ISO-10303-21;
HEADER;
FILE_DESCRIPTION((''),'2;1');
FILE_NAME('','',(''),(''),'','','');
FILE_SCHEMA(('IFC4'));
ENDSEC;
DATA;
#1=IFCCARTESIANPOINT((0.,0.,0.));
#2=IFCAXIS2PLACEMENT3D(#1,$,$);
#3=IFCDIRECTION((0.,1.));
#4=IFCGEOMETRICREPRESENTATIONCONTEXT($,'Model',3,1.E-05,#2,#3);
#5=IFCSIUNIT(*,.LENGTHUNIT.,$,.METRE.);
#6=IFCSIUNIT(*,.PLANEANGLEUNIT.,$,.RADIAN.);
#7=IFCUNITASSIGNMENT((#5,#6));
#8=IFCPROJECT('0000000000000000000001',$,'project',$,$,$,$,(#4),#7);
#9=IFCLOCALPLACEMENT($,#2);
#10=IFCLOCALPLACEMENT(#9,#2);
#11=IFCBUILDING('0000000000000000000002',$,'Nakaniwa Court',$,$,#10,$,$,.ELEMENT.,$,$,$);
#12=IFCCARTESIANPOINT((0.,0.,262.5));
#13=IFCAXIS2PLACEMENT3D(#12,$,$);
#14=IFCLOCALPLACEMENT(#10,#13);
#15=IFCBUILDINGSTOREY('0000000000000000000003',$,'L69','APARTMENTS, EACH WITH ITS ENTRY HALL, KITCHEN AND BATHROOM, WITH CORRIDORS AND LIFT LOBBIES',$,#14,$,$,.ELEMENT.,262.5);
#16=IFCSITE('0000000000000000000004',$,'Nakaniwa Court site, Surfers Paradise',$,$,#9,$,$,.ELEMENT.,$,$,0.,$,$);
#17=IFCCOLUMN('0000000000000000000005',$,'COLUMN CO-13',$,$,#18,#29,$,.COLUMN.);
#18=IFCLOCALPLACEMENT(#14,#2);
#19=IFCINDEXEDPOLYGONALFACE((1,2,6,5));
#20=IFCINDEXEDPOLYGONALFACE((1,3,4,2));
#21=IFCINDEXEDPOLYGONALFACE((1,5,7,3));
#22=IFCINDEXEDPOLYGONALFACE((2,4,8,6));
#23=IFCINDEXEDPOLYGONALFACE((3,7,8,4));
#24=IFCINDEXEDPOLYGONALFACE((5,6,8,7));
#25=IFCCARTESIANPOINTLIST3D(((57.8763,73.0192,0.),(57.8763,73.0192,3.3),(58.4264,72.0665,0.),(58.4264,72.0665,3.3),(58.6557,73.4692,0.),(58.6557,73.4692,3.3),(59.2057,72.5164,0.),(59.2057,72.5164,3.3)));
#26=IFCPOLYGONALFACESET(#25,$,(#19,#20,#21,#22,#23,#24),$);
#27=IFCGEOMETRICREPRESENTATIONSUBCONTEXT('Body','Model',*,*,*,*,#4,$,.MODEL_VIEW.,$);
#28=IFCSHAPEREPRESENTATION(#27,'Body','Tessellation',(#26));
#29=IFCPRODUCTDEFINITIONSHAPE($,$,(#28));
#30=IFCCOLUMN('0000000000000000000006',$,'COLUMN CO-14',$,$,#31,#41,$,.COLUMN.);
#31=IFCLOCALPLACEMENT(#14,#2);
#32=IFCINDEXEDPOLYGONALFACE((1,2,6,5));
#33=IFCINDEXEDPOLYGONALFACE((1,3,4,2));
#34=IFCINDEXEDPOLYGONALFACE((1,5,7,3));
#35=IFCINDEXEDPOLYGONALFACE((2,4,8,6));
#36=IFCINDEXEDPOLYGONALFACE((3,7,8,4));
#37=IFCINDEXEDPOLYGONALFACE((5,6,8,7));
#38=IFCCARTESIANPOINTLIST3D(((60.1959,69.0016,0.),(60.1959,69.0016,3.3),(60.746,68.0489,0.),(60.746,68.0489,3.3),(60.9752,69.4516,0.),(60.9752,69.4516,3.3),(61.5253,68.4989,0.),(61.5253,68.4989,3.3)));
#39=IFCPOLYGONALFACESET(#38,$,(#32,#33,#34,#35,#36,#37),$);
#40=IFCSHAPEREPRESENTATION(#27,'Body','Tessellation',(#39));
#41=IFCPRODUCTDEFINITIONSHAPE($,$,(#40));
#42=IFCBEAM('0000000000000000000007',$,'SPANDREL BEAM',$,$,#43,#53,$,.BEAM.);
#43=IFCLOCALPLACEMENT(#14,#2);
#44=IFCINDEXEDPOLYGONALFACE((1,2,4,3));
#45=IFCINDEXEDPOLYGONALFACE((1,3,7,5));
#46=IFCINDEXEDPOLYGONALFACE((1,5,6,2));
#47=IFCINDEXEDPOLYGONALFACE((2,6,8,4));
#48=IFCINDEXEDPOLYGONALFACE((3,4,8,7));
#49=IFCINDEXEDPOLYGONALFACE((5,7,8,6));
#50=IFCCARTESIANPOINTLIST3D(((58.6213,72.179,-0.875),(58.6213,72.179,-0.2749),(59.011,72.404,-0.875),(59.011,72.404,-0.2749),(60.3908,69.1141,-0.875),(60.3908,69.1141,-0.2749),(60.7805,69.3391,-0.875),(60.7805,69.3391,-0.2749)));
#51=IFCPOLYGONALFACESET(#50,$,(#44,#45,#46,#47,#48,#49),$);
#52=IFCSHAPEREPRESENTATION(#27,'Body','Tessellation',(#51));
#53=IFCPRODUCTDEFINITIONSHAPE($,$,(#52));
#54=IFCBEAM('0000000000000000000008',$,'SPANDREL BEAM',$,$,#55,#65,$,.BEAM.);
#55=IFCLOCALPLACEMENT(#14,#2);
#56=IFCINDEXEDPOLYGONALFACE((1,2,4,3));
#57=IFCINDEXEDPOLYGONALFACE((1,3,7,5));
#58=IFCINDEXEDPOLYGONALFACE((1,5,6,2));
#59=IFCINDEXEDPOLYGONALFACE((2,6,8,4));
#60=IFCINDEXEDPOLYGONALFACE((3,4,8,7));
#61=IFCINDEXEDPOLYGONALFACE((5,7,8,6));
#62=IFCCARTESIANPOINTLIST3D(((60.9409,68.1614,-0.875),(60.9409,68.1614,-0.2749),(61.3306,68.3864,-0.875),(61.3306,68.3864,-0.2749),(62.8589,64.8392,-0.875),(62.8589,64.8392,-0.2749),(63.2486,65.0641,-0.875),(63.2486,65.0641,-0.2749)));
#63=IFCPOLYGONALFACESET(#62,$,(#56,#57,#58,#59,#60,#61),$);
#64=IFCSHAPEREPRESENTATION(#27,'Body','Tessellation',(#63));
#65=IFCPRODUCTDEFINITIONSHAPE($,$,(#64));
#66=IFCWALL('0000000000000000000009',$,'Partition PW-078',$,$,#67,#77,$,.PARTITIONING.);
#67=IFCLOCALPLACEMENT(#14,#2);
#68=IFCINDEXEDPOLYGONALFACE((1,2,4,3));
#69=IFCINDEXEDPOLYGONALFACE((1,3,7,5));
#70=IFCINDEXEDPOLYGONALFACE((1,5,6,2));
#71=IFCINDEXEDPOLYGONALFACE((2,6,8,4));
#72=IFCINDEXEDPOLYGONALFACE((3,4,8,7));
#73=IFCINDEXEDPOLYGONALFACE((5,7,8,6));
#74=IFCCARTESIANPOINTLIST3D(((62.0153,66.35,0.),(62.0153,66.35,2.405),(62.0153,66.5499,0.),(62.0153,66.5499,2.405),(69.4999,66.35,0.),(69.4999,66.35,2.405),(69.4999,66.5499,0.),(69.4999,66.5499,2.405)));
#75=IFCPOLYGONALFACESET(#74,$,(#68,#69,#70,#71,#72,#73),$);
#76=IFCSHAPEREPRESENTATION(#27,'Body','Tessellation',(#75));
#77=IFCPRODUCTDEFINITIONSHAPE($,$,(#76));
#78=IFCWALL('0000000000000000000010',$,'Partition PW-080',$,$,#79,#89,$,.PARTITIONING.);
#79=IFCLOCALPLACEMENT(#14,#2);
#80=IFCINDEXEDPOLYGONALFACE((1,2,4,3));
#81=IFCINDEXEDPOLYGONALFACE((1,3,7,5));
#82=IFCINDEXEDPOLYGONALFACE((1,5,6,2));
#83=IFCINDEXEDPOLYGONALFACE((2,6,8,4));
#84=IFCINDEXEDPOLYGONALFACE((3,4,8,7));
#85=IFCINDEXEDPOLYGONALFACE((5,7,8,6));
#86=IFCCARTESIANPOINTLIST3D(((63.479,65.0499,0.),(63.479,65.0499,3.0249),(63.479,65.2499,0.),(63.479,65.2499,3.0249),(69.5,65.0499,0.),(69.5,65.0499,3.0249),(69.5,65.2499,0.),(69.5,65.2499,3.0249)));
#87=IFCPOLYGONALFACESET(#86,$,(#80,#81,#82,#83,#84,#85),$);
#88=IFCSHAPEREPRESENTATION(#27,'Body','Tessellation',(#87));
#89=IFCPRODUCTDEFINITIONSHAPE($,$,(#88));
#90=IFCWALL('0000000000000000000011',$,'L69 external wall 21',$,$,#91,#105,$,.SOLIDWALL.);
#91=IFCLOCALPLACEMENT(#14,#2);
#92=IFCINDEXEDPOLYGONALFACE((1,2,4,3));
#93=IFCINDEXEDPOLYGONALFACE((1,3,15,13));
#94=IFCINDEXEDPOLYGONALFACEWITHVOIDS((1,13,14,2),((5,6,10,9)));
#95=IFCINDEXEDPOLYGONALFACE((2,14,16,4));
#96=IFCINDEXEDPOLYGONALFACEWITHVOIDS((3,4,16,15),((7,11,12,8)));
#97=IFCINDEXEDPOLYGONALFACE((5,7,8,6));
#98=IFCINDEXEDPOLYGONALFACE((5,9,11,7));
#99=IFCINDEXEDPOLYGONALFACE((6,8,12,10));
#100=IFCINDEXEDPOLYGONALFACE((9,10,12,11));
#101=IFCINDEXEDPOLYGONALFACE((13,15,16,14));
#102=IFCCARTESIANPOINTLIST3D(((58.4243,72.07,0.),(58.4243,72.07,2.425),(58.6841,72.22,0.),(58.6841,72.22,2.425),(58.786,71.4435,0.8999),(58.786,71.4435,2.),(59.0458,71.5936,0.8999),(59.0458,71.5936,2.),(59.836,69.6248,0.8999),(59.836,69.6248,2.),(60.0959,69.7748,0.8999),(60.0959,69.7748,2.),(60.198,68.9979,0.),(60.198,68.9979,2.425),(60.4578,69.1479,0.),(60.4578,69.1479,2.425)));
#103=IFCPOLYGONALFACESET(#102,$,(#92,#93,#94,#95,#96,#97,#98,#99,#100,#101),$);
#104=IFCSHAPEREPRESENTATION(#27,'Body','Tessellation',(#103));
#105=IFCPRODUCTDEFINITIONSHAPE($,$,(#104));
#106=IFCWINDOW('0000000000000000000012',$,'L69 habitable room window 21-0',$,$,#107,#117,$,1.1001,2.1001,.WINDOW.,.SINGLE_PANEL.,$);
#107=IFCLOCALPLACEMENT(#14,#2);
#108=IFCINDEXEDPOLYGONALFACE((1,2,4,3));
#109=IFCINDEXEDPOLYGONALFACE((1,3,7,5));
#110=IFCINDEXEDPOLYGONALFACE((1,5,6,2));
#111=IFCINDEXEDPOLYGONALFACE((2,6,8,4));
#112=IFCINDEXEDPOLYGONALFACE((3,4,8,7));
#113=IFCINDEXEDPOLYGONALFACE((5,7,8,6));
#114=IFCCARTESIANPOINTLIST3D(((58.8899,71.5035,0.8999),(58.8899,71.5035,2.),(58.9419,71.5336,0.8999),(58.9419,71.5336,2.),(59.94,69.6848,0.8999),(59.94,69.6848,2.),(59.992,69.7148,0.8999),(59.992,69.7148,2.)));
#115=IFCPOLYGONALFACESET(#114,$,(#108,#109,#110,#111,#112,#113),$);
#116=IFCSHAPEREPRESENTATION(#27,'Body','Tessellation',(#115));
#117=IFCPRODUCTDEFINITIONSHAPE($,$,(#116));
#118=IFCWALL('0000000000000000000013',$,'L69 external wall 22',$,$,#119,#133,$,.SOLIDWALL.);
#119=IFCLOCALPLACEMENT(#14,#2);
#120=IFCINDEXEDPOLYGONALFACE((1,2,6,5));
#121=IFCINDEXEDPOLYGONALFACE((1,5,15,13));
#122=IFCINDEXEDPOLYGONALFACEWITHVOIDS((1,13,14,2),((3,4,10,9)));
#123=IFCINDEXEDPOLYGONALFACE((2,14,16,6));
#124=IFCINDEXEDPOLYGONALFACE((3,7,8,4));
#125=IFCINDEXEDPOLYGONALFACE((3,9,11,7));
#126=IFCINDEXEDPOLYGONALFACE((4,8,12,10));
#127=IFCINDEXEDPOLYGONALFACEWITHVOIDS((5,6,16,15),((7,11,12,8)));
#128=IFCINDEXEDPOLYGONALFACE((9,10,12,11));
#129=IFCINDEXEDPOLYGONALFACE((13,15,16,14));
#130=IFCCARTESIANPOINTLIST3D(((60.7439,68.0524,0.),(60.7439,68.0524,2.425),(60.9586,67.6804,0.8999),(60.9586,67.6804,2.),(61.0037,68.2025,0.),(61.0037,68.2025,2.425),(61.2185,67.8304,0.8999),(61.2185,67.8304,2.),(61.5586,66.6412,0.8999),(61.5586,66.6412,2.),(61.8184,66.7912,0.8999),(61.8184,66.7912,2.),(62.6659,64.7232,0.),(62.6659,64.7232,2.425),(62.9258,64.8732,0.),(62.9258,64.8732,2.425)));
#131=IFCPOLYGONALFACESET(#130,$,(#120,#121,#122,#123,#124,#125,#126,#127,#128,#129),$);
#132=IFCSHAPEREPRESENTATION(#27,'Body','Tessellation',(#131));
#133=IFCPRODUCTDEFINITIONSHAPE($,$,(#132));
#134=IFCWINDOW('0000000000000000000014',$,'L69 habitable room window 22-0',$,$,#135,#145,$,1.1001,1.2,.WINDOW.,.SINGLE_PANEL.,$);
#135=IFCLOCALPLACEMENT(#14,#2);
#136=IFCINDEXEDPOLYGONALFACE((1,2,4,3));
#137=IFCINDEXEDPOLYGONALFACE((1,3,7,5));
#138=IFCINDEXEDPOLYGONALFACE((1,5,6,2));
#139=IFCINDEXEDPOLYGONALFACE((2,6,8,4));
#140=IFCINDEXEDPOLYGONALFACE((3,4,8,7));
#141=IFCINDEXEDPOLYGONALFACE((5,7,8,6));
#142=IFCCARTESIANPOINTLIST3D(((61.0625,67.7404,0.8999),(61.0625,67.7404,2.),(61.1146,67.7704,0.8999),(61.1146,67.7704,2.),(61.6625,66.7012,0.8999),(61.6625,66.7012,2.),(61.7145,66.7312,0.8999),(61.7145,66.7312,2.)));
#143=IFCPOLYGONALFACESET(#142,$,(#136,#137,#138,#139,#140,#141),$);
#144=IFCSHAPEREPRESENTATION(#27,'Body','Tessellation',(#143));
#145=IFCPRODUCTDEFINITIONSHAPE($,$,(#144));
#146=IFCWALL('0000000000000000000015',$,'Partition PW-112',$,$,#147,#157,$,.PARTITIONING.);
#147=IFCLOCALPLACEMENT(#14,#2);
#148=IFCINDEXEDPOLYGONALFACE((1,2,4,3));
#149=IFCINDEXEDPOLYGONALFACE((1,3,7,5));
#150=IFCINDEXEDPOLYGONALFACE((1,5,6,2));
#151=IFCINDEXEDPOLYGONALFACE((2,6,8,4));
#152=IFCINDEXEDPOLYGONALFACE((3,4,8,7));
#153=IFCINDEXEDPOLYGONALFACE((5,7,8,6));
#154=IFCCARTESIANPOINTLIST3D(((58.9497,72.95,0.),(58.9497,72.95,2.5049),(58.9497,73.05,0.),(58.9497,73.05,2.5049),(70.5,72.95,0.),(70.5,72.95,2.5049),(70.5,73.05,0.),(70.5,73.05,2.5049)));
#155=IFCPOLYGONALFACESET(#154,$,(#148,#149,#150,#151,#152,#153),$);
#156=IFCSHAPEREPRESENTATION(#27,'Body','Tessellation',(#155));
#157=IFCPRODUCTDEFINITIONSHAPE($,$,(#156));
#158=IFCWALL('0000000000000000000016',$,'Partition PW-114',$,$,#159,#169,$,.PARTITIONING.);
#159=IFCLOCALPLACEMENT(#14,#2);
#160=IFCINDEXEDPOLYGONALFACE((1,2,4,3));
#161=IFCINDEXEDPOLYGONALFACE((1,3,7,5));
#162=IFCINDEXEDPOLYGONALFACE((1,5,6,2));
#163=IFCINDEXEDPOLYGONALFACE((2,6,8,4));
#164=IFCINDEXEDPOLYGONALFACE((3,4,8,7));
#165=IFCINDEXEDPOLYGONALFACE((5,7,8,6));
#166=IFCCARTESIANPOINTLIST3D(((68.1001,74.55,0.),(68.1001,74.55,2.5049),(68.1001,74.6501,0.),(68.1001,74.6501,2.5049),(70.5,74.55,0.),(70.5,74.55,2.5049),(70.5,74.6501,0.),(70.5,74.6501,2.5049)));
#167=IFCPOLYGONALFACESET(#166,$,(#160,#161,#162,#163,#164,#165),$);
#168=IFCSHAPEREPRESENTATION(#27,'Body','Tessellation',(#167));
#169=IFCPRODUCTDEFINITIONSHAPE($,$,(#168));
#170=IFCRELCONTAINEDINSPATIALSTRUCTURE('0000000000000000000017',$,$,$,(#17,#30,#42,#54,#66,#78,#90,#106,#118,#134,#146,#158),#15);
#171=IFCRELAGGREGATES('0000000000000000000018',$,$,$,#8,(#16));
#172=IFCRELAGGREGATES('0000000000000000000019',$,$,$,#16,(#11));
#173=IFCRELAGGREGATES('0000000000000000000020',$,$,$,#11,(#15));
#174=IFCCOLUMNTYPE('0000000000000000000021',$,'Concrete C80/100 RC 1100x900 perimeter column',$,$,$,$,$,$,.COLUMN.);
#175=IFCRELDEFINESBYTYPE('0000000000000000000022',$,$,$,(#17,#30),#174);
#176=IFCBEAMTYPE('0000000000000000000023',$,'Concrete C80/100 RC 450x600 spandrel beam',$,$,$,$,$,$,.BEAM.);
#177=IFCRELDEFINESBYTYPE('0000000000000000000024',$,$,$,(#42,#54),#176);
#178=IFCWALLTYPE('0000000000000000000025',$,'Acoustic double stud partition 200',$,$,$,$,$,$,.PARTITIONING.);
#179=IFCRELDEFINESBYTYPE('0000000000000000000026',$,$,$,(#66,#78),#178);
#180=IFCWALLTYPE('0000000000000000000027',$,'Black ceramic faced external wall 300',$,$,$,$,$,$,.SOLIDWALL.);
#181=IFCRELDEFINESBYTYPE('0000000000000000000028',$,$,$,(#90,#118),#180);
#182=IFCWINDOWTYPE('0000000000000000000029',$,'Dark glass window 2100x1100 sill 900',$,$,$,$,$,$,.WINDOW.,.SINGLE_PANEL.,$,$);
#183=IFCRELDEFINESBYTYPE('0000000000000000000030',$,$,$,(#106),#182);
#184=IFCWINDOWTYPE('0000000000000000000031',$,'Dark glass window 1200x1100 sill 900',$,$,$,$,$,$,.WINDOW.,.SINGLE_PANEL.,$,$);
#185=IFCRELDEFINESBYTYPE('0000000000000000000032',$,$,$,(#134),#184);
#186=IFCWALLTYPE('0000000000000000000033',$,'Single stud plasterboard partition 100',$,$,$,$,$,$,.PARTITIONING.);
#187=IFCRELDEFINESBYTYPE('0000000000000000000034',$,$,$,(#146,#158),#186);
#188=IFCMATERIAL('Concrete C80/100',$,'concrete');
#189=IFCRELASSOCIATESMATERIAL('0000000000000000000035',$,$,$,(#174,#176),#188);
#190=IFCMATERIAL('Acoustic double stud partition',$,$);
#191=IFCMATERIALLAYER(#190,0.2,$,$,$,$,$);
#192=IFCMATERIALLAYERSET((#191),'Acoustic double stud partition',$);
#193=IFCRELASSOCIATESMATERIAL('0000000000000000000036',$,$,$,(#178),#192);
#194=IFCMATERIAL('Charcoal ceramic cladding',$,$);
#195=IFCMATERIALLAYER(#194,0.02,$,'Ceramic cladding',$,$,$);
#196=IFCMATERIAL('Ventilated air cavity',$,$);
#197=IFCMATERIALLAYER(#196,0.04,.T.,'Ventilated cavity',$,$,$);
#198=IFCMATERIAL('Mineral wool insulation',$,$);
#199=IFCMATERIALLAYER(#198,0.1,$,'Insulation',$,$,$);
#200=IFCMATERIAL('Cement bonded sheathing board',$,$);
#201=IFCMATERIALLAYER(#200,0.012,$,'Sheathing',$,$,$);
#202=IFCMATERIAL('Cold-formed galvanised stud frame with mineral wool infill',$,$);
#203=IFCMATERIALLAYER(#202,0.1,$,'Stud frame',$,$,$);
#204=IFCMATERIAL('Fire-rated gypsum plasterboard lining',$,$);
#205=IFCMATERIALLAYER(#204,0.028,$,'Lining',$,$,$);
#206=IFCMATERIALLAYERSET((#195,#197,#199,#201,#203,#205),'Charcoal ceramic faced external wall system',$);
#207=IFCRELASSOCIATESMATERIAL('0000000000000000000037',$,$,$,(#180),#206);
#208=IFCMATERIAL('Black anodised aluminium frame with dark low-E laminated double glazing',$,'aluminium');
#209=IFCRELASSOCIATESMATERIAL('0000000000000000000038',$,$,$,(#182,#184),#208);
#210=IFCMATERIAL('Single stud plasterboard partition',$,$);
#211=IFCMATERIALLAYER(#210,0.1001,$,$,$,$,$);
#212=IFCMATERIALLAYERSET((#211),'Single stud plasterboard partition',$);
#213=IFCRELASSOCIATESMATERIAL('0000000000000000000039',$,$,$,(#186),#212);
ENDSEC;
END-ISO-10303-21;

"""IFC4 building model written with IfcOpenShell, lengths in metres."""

from ifc_helpers import new_model, si_unit, direction, frame, frame_2d, origin, origin_2d, place, context, subcontext, project, spatial, rectangle, extrude, material, layer, layer_set, material_profile, profile_set, type_object, element, fill, save


model = new_model("IFC4")

# Units and contexts
model_context = context("Model", 3, precision=1e-05, world=origin(), true_north=direction((0.0, 1.0)))
body_context = subcontext(model_context, "Body", "Model", "MODEL_VIEW")
ifc_project = project(units=[si_unit("LENGTHUNIT", "METRE"), si_unit("PLANEANGLEUNIT", "RADIAN")], contexts=[model_context])

# Site, building, storey
site_placement = place(None, origin())
site = spatial("IfcSite", under=ifc_project, at=site_placement, Name="Nakaniwa Court site, Surfers Paradise", CompositionType="ELEMENT", RefElevation=0.0)
building_placement = place(site_placement, origin())
building = spatial("IfcBuilding", under=site, at=building_placement, Name="Nakaniwa Court", CompositionType="ELEMENT")
storey_placement = place(building_placement, frame((0.0, 0.0, 262.5)))
storey = spatial("IfcBuildingStorey", under=building, at=storey_placement, Name="L69", Description="APARTMENTS, EACH WITH ITS ENTRY HALL, KITCHEN AND BATHROOM, WITH CORRIDORS AND LIFT LOBBIES", CompositionType="ELEMENT", Elevation=262.5)

# Columns
ifc_material_1 = material(Name="Concrete C80/100", Category="concrete")
ifc_material_profile_1 = material_profile(ifc_material_1, rectangle(XDim=1.1001, YDim=0.8999, at=origin_2d()), Name="Concrete C80/100 RC 1100x900 perimeter column")
ifc_profile_set_1 = profile_set([ifc_material_profile_1], Name="Concrete C80/100")
column_type = type_object("IfcColumnType", Name="Concrete C80/100 RC 1100x900 perimeter column", PredefinedType="COLUMN", material=ifc_profile_set_1)
for number, where, z_axis, x_axis, name in (
    (1, (58.541, 72.7678, 0.0), (0.0, 0.0, 1.0), (0.5, -0.866025, 0.0), "COLUMN CO-13"),
    (2, (60.8606, 68.7502, 0.0), (0.0, 0.0, 1.0), (0.5, -0.866025, 0.0), "COLUMN CO-14"),
):
    element("IfcColumn", number, at=place(storey_placement, frame(where, z_axis=z_axis, x_axis=x_axis)), inside=storey, type_object=column_type, Name=name, PredefinedType="COLUMN", context=body_context, shape_type="SweptSolid", body=[
        extrude(rectangle(XDim=1.1001, YDim=0.8999, at=origin_2d()), origin(), (0.0, 0.0, 1.0), 3.3),
    ])

# Beams
ifc_material_profile_2 = material_profile(ifc_material_1, rectangle(XDim=0.45, YDim=0.6001, at=origin_2d()), Name="Concrete C80/100 RC 450x600 spandrel beam")
ifc_profile_set_2 = profile_set([ifc_material_profile_2], Name="Concrete C80/100")
beam_type = type_object("IfcBeamType", Name="Concrete C80/100 RC 450x600 spandrel beam", PredefinedType="BEAM", material=ifc_profile_set_2)
beam_1_placement = place(storey_placement, frame((58.8162, 72.2915, -0.575), z_axis=(0.499997, -0.866027, 0.0), x_axis=(0.866027, 0.499997, 0.0)))
element("IfcBeam", 3, at=beam_1_placement, inside=storey, type_object=beam_type, Name="SPANDREL BEAM", PredefinedType="BEAM", context=body_context, shape_type="SweptSolid", body=[
    extrude(rectangle(XDim=0.45, YDim=0.6001, at=origin_2d()), origin(), (0.0, 0.0, 1.0), 3.5391),
])
beam_2_placement = place(storey_placement, frame((61.1357, 68.2739, -0.575), z_axis=(0.499972, -0.866041, 0.0), x_axis=(0.866041, 0.499972, 0.0)))
element("IfcBeam", 4, at=beam_2_placement, inside=storey, type_object=beam_type, Name="SPANDREL BEAM", PredefinedType="BEAM", context=body_context, shape_type="SweptSolid", body=[
    extrude(rectangle(XDim=0.45, YDim=0.6001, at=origin_2d()), origin(), (0.0, 0.0, 1.0), 3.8362),
])

# Walls
ifc_material_2 = material(Name="Acoustic double stud partition")
ifc_layer_1 = layer(ifc_material_2, 0.2)
ifc_layer_set_1 = layer_set([ifc_layer_1], Name="Acoustic double stud partition")
wall_type_1 = type_object("IfcWallType", Name="Acoustic double stud partition 200", PredefinedType="PARTITIONING", material=ifc_layer_set_1)
wall_1_placement = place(storey_placement, frame((62.0154, 66.45, 0.0), z_axis=(0.0, 0.0, 1.0), x_axis=(1.0, 0.0, 0.0)))
element("IfcWall", 5, at=wall_1_placement, inside=storey, type_object=wall_type_1, Name="Partition PW-078", PredefinedType="PARTITIONING", context=body_context, shape_type="SweptSolid", body=[
    extrude(rectangle(XDim=7.4846, YDim=0.2, at=frame_2d((3.7422, 0.0))), origin(), (0.0, 0.0, 1.0), 2.405),
])
wall_2_placement = place(storey_placement, frame((63.479, 65.1499, 0.0), z_axis=(0.0, 0.0, 1.0), x_axis=(1.0, 0.0, 0.0)))
element("IfcWall", 6, at=wall_2_placement, inside=storey, type_object=wall_type_1, Name="Partition PW-080", PredefinedType="PARTITIONING", context=body_context, shape_type="SweptSolid", body=[
    extrude(rectangle(XDim=6.021, YDim=0.2, at=frame_2d((3.0105, 0.0))), origin(), (0.0, 0.0, 1.0), 3.0249),
])

# Walls, openings, windows
ifc_material_3 = material(Name="Charcoal ceramic cladding")
ifc_layer_2 = layer(ifc_material_3, 0.02, Name="Ceramic cladding")
ifc_material_4 = material(Name="Ventilated air cavity")
ifc_layer_3 = layer(ifc_material_4, 0.04, ventilated=True, Name="Ventilated cavity")
ifc_material_5 = material(Name="Mineral wool insulation")
ifc_layer_4 = layer(ifc_material_5, 0.1, Name="Insulation")
ifc_material_6 = material(Name="Cement bonded sheathing board")
ifc_layer_5 = layer(ifc_material_6, 0.012, Name="Sheathing")
ifc_material_7 = material(Name="Cold-formed galvanised stud frame with mineral wool infill")
ifc_layer_6 = layer(ifc_material_7, 0.1, Name="Stud frame")
ifc_material_8 = material(Name="Fire-rated gypsum plasterboard lining")
ifc_layer_7 = layer(ifc_material_8, 0.028, Name="Lining")
ifc_layer_set_2 = layer_set([ifc_layer_2, ifc_layer_3, ifc_layer_4, ifc_layer_5, ifc_layer_6, ifc_layer_7], Name="Charcoal ceramic faced external wall system")
wall_type_2 = type_object("IfcWallType", Name="Black ceramic faced external wall 300", PredefinedType="SOLIDWALL", material=ifc_layer_set_2)
wall_3_placement = place(storey_placement, frame((58.5542, 72.145, 0.0), z_axis=(0.0, 0.0, 1.0), x_axis=(0.50001, -0.866019, 0.0)))
wall_3 = element("IfcWall", 7, at=wall_3_placement, inside=storey, type_object=wall_type_2, Name="L69 external wall 21", PredefinedType="SOLIDWALL", context=body_context, shape_type="SweptSolid", body=[
    extrude(rectangle(XDim=3.5474, YDim=0.3, at=frame_2d((1.7737, 0.0))), origin(), (0.0, 0.0, 1.0), 2.425),
])
opening_1_placement = place(wall_3_placement, frame((0.7234, 0.0, 0.8999)))
opening_1 = element("IfcOpeningElement", 8, at=opening_1_placement, cuts=wall_3, PredefinedType="OPENING", context=body_context, shape_type="SweptSolid", body=[
    extrude(rectangle(XDim=2.1001, YDim=1.1001, at=frame_2d((1.05, 0.55))), frame((0.0, 0.1599, 0.0), z_axis=(0.0, -1.0, 0.0), x_axis=(1.0, 0.0, 0.0)), (0.0, 0.0, 1.0), 0.3201),
])
ifc_material_9 = material(Name="Black anodised aluminium frame with dark low-E laminated double glazing", Category="aluminium")
window_type_1 = type_object("IfcWindowType", Name="Dark glass window 2100x1100 sill 900", PartitioningType="SINGLE_PANEL", PredefinedType="WINDOW", material=ifc_material_9)
window_1_placement = place(opening_1_placement, origin())
window_1 = element("IfcWindow", 9, at=window_1_placement, inside=storey, type_object=window_type_1, Name="L69 habitable room window 21-0", OverallHeight=1.1001, OverallWidth=2.1001, PartitioningType="SINGLE_PANEL", PredefinedType="WINDOW", context=body_context, shape_type="SweptSolid", body=[
    extrude(rectangle(XDim=2.1001, YDim=1.1001, at=frame_2d((1.05, 0.55))), frame((0.0, 0.03, 0.0), z_axis=(0.0, -1.0, 0.0), x_axis=(1.0, 0.0, 0.0)), (0.0, 0.0, 1.0), 0.0601),
])
fill(opening_1, window_1)
wall_4_placement = place(storey_placement, frame((60.8738, 68.1274, 0.0), z_axis=(0.0, 0.0, 1.0), x_axis=(0.499984, -0.866034, 0.0)))
wall_4 = element("IfcWall", 10, at=wall_4_placement, inside=storey, type_object=wall_type_2, Name="L69 external wall 22", PredefinedType="SOLIDWALL", context=body_context, shape_type="SweptSolid", body=[
    extrude(rectangle(XDim=3.8442, YDim=0.3, at=frame_2d((1.9221, 0.0))), origin(), (0.0, 0.0, 1.0), 2.425),
])
opening_2_placement = place(wall_4_placement, frame((0.4294, 0.0, 0.8999)))
opening_2 = element("IfcOpeningElement", 11, at=opening_2_placement, cuts=wall_4, PredefinedType="OPENING", context=body_context, shape_type="SweptSolid", body=[
    extrude(rectangle(XDim=1.2, YDim=1.1001, at=frame_2d((0.6001, 0.55))), frame((0.0, 0.1599, 0.0), z_axis=(0.0, -1.0, 0.0), x_axis=(1.0, 0.0, 0.0)), (0.0, 0.0, 1.0), 0.3201),
])
window_type_2 = type_object("IfcWindowType", Name="Dark glass window 1200x1100 sill 900", PartitioningType="SINGLE_PANEL", PredefinedType="WINDOW", material=ifc_material_9)
window_2_placement = place(opening_2_placement, origin())
window_2 = element("IfcWindow", 12, at=window_2_placement, inside=storey, type_object=window_type_2, Name="L69 habitable room window 22-0", OverallHeight=1.1001, OverallWidth=1.2, PartitioningType="SINGLE_PANEL", PredefinedType="WINDOW", context=body_context, shape_type="SweptSolid", body=[
    extrude(rectangle(XDim=1.2, YDim=1.1001, at=frame_2d((0.6001, 0.55))), frame((0.0, 0.03, 0.0), z_axis=(0.0, -1.0, 0.0), x_axis=(1.0, 0.0, 0.0)), (0.0, 0.0, 1.0), 0.0601),
])
fill(opening_2, window_2)

# Walls
ifc_material_10 = material(Name="Single stud plasterboard partition")
ifc_layer_8 = layer(ifc_material_10, 0.1001)
ifc_layer_set_3 = layer_set([ifc_layer_8], Name="Single stud plasterboard partition")
wall_type_3 = type_object("IfcWallType", Name="Single stud plasterboard partition 100", PredefinedType="PARTITIONING", material=ifc_layer_set_3)
wall_5_placement = place(storey_placement, frame((58.9497, 73.0, 0.0), z_axis=(0.0, 0.0, 1.0), x_axis=(1.0, 0.0, 0.0)))
element("IfcWall", 13, at=wall_5_placement, inside=storey, type_object=wall_type_3, Name="Partition PW-112", PredefinedType="PARTITIONING", context=body_context, shape_type="SweptSolid", body=[
    extrude(rectangle(XDim=11.5503, YDim=0.1001, at=frame_2d((5.7751, 0.0))), origin(), (0.0, 0.0, 1.0), 2.5049),
])
wall_6_placement = place(storey_placement, frame((68.1001, 74.6001, 0.0), z_axis=(0.0, 0.0, 1.0), x_axis=(1.0, 0.0, 0.0)))
element("IfcWall", 14, at=wall_6_placement, inside=storey, type_object=wall_type_3, Name="Partition PW-114", PredefinedType="PARTITIONING", context=body_context, shape_type="SweptSolid", body=[
    extrude(rectangle(XDim=2.3999, YDim=0.1001, at=frame_2d((1.2, 0.0))), origin(), (0.0, 0.0, 1.0), 2.5049),
])

save(model, "model.ifc")
